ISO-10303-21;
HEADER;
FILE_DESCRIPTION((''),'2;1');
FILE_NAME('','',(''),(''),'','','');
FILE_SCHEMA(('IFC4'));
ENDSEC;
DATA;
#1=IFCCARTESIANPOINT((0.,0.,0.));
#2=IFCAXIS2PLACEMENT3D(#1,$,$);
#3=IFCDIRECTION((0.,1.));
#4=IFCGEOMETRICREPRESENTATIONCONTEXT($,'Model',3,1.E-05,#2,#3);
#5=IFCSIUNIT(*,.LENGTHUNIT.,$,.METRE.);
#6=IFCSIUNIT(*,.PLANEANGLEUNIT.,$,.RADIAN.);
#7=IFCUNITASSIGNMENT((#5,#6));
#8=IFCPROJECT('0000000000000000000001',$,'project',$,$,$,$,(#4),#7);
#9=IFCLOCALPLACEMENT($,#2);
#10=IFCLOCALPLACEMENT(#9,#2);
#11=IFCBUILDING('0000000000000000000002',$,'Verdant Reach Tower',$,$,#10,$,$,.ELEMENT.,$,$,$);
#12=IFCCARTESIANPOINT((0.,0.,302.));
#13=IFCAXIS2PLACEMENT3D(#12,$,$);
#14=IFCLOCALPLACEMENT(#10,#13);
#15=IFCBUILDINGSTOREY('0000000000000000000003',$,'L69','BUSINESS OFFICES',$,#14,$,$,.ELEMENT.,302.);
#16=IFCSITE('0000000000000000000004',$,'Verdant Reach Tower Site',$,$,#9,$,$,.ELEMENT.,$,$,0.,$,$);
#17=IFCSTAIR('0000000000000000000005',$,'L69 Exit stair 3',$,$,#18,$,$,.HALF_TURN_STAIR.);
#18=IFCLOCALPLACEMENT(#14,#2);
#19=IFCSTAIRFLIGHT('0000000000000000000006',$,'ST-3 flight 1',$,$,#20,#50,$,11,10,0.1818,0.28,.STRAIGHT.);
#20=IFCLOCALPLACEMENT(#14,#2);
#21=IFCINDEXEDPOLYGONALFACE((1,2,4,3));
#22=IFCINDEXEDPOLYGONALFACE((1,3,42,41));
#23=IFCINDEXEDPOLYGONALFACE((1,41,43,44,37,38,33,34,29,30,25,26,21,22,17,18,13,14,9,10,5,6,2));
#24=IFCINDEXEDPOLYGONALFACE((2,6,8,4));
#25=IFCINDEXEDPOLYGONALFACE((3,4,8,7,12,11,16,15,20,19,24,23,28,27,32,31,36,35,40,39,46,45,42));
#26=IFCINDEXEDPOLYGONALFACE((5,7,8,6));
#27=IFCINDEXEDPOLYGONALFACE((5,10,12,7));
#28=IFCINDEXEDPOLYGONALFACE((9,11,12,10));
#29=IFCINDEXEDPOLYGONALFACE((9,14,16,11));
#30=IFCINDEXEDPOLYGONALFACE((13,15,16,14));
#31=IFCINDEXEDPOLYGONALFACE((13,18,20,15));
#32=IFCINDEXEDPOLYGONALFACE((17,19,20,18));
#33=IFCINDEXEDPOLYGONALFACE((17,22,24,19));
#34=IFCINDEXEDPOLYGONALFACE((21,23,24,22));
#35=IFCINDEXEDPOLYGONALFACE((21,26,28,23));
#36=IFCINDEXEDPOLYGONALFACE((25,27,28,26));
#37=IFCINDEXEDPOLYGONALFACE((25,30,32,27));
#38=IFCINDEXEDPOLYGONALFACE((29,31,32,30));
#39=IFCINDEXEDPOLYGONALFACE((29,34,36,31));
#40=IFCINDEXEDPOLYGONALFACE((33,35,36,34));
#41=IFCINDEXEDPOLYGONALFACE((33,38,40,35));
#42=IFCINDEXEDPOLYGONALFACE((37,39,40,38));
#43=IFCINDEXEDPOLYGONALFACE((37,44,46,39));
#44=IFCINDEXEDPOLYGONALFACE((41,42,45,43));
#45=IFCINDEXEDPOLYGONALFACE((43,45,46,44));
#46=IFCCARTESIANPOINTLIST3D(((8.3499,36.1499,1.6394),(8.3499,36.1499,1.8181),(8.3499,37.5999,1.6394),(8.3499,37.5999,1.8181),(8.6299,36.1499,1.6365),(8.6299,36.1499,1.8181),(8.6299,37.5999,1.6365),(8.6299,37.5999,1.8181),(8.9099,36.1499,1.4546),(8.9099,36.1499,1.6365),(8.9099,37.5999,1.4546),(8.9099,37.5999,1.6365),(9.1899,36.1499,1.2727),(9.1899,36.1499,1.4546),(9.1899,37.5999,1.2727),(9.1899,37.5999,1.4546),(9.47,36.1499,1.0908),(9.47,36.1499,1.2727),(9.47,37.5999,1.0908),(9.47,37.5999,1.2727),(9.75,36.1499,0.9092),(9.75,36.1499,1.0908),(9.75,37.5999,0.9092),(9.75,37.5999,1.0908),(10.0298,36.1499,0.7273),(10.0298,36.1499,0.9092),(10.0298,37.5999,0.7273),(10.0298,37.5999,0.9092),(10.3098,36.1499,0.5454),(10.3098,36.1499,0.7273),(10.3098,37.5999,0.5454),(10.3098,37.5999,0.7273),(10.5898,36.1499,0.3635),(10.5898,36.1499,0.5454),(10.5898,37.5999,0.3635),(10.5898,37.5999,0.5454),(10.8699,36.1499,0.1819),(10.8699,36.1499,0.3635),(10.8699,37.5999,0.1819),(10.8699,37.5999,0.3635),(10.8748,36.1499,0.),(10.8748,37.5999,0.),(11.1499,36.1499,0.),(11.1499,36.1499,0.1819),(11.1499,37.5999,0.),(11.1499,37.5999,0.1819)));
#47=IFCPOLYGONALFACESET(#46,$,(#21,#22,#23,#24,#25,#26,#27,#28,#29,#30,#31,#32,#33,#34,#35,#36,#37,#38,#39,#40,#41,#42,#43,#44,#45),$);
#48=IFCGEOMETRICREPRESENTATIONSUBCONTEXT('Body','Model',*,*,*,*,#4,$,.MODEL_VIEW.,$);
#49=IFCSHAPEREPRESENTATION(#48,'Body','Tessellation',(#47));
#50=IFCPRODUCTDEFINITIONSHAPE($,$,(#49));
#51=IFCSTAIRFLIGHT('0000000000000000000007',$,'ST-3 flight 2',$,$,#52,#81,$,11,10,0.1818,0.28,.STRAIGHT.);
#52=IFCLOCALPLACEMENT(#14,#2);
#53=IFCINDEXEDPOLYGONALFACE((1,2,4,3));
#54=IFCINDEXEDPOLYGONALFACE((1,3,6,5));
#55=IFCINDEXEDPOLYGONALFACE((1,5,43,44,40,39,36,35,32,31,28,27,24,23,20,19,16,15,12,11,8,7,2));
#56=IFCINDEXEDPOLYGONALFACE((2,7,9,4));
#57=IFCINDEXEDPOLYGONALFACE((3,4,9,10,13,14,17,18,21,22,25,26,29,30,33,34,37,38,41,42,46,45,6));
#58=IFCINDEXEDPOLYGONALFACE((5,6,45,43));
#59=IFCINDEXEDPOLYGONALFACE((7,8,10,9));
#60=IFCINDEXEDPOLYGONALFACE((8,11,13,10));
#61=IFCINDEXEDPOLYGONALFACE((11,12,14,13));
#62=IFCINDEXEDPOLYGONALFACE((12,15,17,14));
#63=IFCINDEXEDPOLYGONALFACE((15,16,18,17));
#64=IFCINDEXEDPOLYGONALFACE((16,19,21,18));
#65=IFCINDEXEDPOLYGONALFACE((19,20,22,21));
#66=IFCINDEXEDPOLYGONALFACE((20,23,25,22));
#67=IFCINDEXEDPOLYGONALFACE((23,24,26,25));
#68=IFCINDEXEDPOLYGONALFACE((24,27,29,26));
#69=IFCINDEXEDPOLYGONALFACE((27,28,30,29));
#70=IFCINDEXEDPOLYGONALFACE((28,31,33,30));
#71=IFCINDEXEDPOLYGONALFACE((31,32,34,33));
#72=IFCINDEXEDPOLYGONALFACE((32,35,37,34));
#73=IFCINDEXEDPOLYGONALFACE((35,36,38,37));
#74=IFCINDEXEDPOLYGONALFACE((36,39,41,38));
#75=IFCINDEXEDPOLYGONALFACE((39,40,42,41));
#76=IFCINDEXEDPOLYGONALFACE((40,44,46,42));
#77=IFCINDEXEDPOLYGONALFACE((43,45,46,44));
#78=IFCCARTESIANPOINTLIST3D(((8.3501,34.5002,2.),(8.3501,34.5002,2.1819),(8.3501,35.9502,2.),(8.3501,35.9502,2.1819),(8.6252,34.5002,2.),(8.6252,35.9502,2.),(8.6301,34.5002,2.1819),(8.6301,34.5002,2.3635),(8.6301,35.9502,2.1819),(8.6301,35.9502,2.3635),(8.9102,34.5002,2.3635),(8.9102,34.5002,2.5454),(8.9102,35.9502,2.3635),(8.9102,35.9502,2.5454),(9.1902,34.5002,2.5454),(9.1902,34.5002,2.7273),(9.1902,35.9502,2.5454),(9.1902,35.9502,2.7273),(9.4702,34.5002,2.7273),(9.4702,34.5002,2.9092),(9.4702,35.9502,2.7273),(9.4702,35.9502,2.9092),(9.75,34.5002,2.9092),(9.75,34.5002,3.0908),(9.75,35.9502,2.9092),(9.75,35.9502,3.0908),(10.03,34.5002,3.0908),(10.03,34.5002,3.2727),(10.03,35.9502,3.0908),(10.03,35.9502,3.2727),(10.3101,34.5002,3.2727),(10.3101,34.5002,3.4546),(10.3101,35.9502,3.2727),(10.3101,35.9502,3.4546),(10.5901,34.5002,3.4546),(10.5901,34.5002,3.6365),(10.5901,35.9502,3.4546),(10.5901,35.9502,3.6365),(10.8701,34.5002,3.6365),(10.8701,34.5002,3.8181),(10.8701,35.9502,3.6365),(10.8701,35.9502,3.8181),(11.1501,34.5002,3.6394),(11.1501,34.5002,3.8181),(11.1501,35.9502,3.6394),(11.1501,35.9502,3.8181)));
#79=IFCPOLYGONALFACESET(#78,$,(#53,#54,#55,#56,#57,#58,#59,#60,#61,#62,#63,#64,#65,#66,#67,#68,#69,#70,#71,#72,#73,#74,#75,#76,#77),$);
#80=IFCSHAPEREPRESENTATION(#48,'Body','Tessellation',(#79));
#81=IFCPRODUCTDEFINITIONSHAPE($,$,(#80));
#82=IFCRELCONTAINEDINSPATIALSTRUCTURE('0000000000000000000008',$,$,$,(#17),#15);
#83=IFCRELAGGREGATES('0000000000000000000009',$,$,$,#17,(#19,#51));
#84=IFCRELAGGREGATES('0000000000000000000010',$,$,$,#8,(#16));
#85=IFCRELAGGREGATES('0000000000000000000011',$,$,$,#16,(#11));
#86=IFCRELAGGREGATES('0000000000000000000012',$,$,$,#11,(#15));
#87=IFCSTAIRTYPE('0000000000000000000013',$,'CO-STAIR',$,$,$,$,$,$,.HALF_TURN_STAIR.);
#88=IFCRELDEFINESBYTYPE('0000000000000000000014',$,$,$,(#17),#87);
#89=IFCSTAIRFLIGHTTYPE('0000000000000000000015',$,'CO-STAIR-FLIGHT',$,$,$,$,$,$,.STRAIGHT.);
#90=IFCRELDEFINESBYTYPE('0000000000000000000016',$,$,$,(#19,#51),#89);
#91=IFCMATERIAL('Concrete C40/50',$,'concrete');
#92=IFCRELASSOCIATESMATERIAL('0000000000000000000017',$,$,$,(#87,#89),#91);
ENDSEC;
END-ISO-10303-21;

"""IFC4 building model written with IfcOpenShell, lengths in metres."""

from ifc_helpers import new_model, si_unit, direction, frame, origin, place, context, subcontext, project, spatial, polyline, outline, extrude, material, type_object, element, aggregate, save


model = new_model("IFC4")

# Units and contexts
model_context = context("Model", 3, precision=1e-05, world=origin(), true_north=direction((0.0, 1.0)))
body_context = subcontext(model_context, "Body", "Model", "MODEL_VIEW")
ifc_project = project(units=[si_unit("LENGTHUNIT", "METRE"), si_unit("PLANEANGLEUNIT", "RADIAN")], contexts=[model_context])

# Site, building, storey
site_placement = place(None, origin())
site = spatial("IfcSite", under=ifc_project, at=site_placement, Name="Verdant Reach Tower Site", CompositionType="ELEMENT", RefElevation=0.0)
building_placement = place(site_placement, origin())
building = spatial("IfcBuilding", under=site, at=building_placement, Name="Verdant Reach Tower", CompositionType="ELEMENT")
storey_placement = place(building_placement, frame((0.0, 0.0, 302.0)))
storey = spatial("IfcBuildingStorey", under=building, at=storey_placement, Name="L69", Description="BUSINESS OFFICES", CompositionType="ELEMENT", Elevation=302.0)

# Shared definitions
ifc_material_1 = material(Name="Concrete C40/50", Category="concrete")

# Stair, stair flights
stair_type = type_object("IfcStairType", Name="CO-STAIR", PredefinedType="HALF_TURN_STAIR", material=ifc_material_1)
stair_placement = place(storey_placement, origin())
stair = element("IfcStair", 1, at=stair_placement, inside=storey, type_object=stair_type, Name="L69 Exit stair 3", PredefinedType="HALF_TURN_STAIR")
stair_flight_type = type_object("IfcStairFlightType", Name="CO-STAIR-FLIGHT", PredefinedType="STRAIGHT", material=ifc_material_1)
stair_flight_1_placement = place(storey_placement, frame((11.1499, 36.875, 0.0), z_axis=(0.0, 0.0, 1.0), x_axis=(-1.0, 0.0, 0.0)))
stair_flight_1 = element("IfcStairFlight", 2, at=stair_flight_1_placement, type_object=stair_flight_type, Name="ST-3 flight 1", NumberOfRisers=11, NumberOfTreads=10, PredefinedType="STRAIGHT", RiserHeight=0.1818, TreadLength=0.28, context=body_context, shape_type="SweptSolid", body=[
    extrude(outline(polyline([(0.0, 0.0), (0.0, 0.1819), (0.28, 0.1819), (0.28, 0.3635), (0.5601, 0.3635), (0.5601, 0.5454), (0.8401, 0.5454), (0.8401, 0.7273), (1.1201, 0.7273), (1.1201, 0.9092), (1.3999, 0.9092), (1.3999, 1.0908), (1.6799, 1.0908), (1.6799, 1.2727), (1.96, 1.2727), (1.96, 1.4546), (2.24, 1.4546), (2.24, 1.6365), (2.52, 1.6365), (2.52, 1.8181), (2.8, 1.8181), (2.8, 2.0), (2.8, 1.6394), (0.2751, 0.0), (0.0, 0.0)])), frame((0.0, 0.7251, 0.0), z_axis=(0.0, -1.0, 0.0), x_axis=(1.0, 0.0, 0.0)), (0.0, 0.0, 1.0), 1.45),
])
stair_flight_2_placement = place(storey_placement, frame((8.3501, 35.2251, 2.0), z_axis=(0.0, 0.0, 1.0), x_axis=(1.0, 0.0, 0.0)))
stair_flight_2 = element("IfcStairFlight", 3, at=stair_flight_2_placement, type_object=stair_flight_type, Name="ST-3 flight 2", NumberOfRisers=11, NumberOfTreads=10, PredefinedType="STRAIGHT", RiserHeight=0.1818, TreadLength=0.28, context=body_context, shape_type="SweptSolid", body=[
    extrude(outline(polyline([(0.0, 0.0), (0.0, 0.1819), (0.28, 0.1819), (0.28, 0.3635), (0.5601, 0.3635), (0.5601, 0.5454), (0.8401, 0.5454), (0.8401, 0.7273), (1.1201, 0.7273), (1.1201, 0.9092), (1.3999, 0.9092), (1.3999, 1.0908), (1.6799, 1.0908), (1.6799, 1.2727), (1.96, 1.2727), (1.96, 1.4546), (2.24, 1.4546), (2.24, 1.6365), (2.52, 1.6365), (2.52, 1.8181), (2.8, 1.8181), (2.8, 2.0), (2.8, 1.6394), (0.2751, 0.0), (0.0, 0.0)])), frame((0.0, 0.7251, 0.0), z_axis=(0.0, -1.0, 0.0), x_axis=(1.0, 0.0, 0.0)), (0.0, 0.0, 1.0), 1.45),
])
aggregate(stair, [stair_flight_1, stair_flight_2])

save(model, "model.ifc")
